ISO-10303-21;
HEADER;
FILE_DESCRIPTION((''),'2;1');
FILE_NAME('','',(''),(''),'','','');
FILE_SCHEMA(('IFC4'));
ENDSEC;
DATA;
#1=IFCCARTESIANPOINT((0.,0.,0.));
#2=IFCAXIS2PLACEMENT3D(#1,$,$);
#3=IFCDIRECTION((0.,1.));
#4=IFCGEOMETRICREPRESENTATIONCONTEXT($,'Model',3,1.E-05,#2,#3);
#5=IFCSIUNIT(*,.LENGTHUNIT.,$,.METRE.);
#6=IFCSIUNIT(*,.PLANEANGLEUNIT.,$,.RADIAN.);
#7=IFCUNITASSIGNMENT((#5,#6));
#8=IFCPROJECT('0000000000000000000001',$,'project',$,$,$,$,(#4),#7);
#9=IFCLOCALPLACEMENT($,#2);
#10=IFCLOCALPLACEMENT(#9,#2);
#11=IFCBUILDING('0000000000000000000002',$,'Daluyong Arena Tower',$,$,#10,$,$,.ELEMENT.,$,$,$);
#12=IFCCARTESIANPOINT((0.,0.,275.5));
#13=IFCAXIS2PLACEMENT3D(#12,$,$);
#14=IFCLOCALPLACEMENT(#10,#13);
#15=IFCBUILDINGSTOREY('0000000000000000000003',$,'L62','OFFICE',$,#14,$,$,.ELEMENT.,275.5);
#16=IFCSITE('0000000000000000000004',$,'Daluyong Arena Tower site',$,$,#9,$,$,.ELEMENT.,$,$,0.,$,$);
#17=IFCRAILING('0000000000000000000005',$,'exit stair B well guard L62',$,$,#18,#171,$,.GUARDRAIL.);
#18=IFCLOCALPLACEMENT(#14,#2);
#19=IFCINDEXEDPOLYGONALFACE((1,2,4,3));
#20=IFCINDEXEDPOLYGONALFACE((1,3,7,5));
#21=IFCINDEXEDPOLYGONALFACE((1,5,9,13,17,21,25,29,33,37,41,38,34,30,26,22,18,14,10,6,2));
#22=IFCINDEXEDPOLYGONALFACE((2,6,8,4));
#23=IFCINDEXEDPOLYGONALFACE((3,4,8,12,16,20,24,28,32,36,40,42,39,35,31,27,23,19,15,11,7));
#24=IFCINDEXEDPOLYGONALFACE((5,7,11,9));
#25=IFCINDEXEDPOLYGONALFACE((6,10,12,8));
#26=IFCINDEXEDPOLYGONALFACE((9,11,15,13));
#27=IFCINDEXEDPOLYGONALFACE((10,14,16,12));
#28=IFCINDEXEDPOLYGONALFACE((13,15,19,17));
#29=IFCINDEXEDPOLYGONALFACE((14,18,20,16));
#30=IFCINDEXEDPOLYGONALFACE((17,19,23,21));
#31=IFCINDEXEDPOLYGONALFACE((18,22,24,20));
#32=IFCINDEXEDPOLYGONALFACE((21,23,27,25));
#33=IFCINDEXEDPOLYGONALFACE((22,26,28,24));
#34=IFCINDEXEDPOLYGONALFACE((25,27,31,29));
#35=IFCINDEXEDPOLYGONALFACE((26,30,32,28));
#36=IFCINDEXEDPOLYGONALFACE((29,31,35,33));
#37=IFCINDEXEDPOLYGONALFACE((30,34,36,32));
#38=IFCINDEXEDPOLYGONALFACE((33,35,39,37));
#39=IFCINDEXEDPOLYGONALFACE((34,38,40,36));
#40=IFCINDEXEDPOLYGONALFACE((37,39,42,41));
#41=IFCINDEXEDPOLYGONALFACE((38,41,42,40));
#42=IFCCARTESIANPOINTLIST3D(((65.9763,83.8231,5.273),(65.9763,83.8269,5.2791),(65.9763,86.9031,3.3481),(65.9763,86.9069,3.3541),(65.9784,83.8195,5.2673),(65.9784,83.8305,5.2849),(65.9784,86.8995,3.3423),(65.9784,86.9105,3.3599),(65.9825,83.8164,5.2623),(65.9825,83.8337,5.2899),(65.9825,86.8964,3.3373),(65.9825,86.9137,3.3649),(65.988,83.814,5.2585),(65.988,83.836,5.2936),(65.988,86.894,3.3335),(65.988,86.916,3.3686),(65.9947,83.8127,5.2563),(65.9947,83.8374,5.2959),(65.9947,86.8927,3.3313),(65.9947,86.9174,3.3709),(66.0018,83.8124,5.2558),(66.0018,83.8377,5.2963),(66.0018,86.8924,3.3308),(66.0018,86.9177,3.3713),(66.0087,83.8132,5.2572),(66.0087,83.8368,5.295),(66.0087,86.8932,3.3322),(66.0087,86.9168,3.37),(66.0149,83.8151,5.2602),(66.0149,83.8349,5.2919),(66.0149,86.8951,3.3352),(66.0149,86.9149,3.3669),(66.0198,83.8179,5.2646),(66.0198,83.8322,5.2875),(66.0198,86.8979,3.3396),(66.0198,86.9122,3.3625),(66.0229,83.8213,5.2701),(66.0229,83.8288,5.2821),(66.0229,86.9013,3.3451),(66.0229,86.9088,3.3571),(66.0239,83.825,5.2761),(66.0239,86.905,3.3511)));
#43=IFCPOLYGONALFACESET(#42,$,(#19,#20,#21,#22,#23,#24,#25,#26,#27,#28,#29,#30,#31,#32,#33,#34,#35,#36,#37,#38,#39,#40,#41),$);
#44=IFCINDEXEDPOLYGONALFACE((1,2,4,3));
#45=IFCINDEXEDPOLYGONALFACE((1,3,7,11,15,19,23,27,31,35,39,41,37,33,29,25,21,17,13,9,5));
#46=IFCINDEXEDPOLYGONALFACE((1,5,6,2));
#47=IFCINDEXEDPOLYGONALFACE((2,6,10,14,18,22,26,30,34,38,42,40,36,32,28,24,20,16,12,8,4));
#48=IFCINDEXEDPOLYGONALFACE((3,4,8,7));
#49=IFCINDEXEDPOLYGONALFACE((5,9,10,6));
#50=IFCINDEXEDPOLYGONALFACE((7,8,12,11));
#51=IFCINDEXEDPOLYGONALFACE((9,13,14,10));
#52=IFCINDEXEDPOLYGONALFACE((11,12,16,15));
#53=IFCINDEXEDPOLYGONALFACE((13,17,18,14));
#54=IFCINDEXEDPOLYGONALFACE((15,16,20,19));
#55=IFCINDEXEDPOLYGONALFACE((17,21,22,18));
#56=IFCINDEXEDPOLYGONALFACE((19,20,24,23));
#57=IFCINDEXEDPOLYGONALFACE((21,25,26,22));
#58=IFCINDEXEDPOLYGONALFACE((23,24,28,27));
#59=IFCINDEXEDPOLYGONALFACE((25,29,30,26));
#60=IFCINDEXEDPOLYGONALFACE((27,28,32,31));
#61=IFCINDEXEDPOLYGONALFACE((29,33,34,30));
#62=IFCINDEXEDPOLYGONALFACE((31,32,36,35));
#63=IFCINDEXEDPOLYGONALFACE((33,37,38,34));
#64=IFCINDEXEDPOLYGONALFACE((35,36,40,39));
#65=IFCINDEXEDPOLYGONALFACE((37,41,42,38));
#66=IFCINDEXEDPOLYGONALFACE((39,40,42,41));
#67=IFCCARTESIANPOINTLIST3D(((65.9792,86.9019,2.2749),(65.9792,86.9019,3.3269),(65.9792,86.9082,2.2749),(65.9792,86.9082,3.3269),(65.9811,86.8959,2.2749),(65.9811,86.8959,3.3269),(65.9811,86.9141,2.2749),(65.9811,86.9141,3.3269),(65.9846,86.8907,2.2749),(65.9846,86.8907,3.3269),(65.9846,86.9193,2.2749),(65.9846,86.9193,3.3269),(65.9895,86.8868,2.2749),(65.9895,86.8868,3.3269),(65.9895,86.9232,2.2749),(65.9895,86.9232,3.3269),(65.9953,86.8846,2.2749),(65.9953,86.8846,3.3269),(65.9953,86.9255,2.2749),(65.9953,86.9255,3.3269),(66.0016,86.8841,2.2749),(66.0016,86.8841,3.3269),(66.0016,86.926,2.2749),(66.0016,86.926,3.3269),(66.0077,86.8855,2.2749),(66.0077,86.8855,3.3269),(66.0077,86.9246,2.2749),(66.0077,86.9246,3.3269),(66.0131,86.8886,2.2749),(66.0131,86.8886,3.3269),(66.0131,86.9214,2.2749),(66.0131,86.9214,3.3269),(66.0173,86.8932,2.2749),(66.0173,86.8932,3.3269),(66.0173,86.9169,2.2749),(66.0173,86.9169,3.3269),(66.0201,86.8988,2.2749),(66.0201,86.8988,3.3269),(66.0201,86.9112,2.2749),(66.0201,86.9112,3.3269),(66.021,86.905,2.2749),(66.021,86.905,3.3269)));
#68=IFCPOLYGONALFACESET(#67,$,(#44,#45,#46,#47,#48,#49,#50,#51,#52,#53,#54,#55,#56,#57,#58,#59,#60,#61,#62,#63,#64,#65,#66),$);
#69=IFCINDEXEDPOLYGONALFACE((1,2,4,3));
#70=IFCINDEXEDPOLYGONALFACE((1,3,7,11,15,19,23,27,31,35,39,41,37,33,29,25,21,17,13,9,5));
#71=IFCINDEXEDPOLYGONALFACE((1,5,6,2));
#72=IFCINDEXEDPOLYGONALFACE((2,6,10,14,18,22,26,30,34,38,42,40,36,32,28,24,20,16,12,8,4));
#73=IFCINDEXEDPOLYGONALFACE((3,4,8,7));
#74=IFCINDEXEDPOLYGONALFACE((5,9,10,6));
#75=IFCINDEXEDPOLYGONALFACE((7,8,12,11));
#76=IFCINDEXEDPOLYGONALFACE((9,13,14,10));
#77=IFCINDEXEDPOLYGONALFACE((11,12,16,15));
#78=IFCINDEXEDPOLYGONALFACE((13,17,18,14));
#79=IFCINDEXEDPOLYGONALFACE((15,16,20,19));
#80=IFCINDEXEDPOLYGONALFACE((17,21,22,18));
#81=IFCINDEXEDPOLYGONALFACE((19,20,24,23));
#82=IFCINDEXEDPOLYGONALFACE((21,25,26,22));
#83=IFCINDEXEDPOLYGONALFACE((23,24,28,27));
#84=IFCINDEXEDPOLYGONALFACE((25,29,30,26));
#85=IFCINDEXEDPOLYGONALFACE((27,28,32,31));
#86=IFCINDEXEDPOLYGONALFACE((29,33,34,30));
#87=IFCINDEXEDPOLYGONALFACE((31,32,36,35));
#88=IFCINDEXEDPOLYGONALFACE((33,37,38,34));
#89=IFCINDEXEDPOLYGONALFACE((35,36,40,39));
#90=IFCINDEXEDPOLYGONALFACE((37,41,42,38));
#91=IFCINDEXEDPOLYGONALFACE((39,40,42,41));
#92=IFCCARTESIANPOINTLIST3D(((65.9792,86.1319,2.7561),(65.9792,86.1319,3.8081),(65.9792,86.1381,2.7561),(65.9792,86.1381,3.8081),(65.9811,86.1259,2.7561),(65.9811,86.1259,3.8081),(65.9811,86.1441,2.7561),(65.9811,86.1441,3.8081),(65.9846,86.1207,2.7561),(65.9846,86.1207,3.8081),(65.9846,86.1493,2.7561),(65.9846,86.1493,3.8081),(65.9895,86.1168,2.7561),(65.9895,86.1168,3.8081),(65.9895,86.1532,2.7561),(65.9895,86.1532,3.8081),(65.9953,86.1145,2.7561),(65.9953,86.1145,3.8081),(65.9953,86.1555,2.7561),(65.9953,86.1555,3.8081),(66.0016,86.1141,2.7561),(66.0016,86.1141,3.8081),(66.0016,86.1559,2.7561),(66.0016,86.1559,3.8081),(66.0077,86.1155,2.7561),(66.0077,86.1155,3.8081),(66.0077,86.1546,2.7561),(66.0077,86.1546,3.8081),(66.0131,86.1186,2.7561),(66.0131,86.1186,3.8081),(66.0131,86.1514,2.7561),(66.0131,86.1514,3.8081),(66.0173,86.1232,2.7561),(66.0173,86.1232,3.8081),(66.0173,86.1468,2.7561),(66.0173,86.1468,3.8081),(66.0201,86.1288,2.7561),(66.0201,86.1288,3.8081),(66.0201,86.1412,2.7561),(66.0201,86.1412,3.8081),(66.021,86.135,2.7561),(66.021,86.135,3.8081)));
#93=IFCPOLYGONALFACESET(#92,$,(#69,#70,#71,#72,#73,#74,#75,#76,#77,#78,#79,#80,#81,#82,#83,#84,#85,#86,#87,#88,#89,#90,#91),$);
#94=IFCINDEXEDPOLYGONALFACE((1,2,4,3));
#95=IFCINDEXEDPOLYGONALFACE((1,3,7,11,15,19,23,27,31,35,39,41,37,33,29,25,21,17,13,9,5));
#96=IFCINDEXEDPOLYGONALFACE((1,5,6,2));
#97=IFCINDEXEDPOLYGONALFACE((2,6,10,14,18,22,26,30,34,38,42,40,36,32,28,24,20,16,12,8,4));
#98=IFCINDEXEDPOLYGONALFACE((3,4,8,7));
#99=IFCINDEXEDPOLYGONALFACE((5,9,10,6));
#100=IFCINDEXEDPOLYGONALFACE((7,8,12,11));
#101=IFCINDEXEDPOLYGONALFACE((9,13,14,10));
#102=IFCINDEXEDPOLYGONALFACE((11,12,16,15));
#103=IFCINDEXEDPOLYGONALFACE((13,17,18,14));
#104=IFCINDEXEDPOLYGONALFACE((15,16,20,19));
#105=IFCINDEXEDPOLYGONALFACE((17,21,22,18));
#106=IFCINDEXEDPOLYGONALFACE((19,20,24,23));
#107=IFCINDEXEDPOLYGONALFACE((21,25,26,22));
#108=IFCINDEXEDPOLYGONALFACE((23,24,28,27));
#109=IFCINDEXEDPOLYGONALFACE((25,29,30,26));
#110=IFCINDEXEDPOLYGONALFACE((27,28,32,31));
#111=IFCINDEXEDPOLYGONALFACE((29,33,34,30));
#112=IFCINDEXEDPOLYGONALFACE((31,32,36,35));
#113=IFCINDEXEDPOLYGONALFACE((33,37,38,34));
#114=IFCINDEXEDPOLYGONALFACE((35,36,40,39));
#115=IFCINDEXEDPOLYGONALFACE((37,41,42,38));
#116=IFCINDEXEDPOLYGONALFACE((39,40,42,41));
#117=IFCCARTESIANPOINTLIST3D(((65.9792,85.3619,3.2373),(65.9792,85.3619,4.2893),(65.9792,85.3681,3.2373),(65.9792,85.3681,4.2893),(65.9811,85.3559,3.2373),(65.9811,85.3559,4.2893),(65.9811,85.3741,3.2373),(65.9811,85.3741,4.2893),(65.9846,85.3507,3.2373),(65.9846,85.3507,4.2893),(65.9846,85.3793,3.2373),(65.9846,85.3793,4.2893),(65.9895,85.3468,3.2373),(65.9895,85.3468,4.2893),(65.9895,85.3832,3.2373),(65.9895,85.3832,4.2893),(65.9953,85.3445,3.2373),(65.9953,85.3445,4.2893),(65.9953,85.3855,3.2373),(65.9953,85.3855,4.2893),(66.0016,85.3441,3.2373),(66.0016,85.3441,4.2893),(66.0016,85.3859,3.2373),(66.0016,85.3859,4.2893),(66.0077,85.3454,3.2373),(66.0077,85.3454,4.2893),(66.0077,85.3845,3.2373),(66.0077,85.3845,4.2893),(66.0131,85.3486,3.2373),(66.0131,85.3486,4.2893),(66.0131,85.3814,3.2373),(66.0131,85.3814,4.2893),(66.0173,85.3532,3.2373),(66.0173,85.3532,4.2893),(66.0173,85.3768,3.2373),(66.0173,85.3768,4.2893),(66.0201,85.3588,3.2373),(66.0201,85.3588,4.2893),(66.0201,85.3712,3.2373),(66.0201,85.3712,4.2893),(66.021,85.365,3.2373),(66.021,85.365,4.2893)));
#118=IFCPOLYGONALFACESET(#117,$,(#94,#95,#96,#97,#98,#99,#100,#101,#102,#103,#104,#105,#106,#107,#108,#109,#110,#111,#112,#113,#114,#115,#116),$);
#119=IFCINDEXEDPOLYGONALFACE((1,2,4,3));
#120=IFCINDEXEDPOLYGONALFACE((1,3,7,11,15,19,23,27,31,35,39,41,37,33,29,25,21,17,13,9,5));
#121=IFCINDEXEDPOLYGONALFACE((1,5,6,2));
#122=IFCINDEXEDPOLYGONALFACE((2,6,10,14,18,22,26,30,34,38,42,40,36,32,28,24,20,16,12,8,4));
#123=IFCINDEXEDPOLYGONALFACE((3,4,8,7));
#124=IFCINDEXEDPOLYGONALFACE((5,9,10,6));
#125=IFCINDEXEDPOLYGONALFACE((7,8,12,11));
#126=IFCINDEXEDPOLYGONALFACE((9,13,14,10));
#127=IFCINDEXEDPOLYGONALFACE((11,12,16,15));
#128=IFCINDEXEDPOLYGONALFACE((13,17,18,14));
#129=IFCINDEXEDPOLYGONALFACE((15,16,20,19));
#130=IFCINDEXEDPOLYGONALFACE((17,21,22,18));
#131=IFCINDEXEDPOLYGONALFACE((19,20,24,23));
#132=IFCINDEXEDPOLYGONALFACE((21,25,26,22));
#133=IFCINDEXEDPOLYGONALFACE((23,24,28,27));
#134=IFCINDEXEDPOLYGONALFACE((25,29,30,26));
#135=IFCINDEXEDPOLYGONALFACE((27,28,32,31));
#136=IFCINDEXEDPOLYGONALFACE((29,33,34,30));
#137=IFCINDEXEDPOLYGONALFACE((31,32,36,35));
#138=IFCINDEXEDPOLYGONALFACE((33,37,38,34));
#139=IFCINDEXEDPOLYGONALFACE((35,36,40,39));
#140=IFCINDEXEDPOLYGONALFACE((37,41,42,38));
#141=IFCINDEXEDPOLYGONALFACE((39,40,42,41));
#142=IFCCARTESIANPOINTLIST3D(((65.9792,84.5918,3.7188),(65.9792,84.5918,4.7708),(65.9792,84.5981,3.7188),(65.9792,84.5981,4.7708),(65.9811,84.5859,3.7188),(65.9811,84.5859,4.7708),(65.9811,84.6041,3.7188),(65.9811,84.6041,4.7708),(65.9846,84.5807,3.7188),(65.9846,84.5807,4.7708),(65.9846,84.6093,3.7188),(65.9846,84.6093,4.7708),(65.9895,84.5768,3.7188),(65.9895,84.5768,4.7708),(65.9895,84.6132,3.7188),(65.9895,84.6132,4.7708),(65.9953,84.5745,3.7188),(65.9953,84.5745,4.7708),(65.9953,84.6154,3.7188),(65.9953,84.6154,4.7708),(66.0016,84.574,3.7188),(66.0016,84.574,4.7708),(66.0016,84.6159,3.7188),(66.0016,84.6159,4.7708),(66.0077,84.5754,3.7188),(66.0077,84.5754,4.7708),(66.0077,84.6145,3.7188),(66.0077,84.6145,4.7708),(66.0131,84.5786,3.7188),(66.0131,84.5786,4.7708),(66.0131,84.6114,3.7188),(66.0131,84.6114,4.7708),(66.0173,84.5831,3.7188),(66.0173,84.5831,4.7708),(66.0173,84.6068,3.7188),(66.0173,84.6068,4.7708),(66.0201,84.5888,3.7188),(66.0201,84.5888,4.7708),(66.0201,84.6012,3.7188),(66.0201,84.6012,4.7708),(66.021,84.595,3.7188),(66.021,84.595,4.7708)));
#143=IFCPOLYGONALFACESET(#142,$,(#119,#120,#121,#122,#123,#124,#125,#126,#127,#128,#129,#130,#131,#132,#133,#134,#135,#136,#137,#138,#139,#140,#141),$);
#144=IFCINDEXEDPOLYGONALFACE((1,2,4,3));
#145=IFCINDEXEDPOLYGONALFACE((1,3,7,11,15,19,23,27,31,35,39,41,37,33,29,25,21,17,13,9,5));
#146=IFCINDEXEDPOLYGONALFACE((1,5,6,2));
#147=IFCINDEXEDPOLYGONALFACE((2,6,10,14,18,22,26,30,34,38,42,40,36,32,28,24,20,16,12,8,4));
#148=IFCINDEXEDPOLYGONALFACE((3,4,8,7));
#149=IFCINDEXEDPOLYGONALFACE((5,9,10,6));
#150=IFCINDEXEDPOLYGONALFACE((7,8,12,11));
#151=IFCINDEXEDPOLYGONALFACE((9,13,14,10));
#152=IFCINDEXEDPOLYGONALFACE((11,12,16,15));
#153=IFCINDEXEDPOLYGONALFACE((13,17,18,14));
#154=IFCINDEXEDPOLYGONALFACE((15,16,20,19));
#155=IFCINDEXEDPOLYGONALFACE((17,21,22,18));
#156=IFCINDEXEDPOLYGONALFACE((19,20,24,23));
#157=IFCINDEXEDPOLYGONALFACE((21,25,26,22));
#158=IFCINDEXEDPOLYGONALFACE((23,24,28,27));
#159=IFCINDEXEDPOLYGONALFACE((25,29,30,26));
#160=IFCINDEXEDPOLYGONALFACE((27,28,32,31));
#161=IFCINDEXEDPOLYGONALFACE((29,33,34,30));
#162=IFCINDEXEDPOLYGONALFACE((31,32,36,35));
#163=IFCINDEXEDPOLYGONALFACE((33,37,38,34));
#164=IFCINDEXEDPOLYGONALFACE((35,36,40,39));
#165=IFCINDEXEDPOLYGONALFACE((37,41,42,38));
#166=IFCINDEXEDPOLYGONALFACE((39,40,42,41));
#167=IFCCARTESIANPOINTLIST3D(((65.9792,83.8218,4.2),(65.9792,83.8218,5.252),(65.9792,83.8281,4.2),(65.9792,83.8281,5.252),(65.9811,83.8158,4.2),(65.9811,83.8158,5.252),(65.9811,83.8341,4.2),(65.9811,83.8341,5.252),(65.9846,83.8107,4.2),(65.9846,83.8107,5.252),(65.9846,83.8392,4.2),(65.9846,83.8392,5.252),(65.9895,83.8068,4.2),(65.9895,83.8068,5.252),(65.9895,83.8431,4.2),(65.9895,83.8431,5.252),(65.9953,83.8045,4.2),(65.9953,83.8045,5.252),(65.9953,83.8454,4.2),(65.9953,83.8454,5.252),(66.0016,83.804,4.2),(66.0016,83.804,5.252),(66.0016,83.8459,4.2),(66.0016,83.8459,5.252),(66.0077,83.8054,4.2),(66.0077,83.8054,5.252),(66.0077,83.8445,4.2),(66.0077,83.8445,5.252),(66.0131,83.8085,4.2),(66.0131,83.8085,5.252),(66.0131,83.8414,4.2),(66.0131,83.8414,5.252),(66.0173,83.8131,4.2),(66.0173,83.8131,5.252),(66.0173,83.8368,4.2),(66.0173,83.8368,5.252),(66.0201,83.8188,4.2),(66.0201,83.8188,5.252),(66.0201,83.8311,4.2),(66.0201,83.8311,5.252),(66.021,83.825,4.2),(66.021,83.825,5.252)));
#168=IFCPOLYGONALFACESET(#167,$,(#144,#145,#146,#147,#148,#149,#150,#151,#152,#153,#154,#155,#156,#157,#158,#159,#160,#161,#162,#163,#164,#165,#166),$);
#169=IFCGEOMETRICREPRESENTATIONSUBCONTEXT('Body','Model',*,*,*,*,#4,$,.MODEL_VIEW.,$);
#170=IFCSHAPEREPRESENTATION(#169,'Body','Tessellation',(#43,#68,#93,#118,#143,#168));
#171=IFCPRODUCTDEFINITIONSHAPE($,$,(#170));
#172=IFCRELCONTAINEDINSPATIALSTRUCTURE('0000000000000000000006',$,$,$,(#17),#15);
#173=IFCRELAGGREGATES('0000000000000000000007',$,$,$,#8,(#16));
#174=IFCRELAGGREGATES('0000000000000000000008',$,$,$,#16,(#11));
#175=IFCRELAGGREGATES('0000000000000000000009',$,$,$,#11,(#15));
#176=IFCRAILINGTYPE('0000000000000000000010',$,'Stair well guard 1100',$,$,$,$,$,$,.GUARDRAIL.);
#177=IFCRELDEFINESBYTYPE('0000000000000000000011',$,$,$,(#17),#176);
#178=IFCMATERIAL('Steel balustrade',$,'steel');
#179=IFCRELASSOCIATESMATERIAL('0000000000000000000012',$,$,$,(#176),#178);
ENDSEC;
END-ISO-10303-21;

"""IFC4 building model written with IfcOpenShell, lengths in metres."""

from ifc_helpers import new_model, si_unit, direction, frame, origin, origin_2d, place, context, subcontext, project, spatial, circle, extrude, material, type_object, element, save


model = new_model("IFC4")

# Units and contexts
model_context = context("Model", 3, precision=1e-05, world=origin(), true_north=direction((0.0, 1.0)))
body_context = subcontext(model_context, "Body", "Model", "MODEL_VIEW")
ifc_project = project(units=[si_unit("LENGTHUNIT", "METRE"), si_unit("PLANEANGLEUNIT", "RADIAN")], contexts=[model_context])

# Site, building, storey
site_placement = place(None, origin())
site = spatial("IfcSite", under=ifc_project, at=site_placement, Name="Daluyong Arena Tower site", CompositionType="ELEMENT", RefElevation=0.0)
building_placement = place(site_placement, origin())
building = spatial("IfcBuilding", under=site, at=building_placement, Name="Daluyong Arena Tower", CompositionType="ELEMENT")
storey_placement = place(building_placement, frame((0.0, 0.0, 275.5)))
storey = spatial("IfcBuildingStorey", under=building, at=storey_placement, Name="L62", Description="OFFICE", CompositionType="ELEMENT", Elevation=275.5)

# Railing
ifc_material_1 = material(Name="Steel balustrade", Category="steel")
railing_type_1 = type_object("IfcRailingType", Name="Stair well guard 1100", PredefinedType="GUARDRAIL", material=ifc_material_1)
railing_1_placement = place(storey_placement, frame((66.0, 86.905, 2.2749)))
element("IfcRailing", 1, at=railing_1_placement, inside=storey, type_object=railing_type_1, Name="exit stair B well guard L62", PredefinedType="GUARDRAIL", context=body_context, shape_type="SweptSolid", body=[
    extrude(circle(Radius=0.0239, at=origin_2d()), frame((0.0, 0.0, 1.0762), z_axis=(0.0, -0.847998, 0.529999), x_axis=(1.0, 0.0, 0.0)), (0.0, 0.0, 1.0), 3.6321),
    extrude(circle(Radius=0.021, at=origin_2d()), origin(), (0.0, 0.0, 1.0), 1.052),
    extrude(circle(Radius=0.021, at=origin_2d()), frame((0.0, -0.77, 0.4812)), (0.0, 0.0, 1.0), 1.052),
    extrude(circle(Radius=0.021, at=origin_2d()), frame((0.0, -1.54, 0.9624)), (0.0, 0.0, 1.0), 1.052),
    extrude(circle(Radius=0.021, at=origin_2d()), frame((0.0, -2.3101, 1.4438)), (0.0, 0.0, 1.0), 1.052),
    extrude(circle(Radius=0.021, at=origin_2d()), frame((0.0, -3.0801, 1.925)), (0.0, 0.0, 1.0), 1.052),
])

save(model, "model.ifc")
